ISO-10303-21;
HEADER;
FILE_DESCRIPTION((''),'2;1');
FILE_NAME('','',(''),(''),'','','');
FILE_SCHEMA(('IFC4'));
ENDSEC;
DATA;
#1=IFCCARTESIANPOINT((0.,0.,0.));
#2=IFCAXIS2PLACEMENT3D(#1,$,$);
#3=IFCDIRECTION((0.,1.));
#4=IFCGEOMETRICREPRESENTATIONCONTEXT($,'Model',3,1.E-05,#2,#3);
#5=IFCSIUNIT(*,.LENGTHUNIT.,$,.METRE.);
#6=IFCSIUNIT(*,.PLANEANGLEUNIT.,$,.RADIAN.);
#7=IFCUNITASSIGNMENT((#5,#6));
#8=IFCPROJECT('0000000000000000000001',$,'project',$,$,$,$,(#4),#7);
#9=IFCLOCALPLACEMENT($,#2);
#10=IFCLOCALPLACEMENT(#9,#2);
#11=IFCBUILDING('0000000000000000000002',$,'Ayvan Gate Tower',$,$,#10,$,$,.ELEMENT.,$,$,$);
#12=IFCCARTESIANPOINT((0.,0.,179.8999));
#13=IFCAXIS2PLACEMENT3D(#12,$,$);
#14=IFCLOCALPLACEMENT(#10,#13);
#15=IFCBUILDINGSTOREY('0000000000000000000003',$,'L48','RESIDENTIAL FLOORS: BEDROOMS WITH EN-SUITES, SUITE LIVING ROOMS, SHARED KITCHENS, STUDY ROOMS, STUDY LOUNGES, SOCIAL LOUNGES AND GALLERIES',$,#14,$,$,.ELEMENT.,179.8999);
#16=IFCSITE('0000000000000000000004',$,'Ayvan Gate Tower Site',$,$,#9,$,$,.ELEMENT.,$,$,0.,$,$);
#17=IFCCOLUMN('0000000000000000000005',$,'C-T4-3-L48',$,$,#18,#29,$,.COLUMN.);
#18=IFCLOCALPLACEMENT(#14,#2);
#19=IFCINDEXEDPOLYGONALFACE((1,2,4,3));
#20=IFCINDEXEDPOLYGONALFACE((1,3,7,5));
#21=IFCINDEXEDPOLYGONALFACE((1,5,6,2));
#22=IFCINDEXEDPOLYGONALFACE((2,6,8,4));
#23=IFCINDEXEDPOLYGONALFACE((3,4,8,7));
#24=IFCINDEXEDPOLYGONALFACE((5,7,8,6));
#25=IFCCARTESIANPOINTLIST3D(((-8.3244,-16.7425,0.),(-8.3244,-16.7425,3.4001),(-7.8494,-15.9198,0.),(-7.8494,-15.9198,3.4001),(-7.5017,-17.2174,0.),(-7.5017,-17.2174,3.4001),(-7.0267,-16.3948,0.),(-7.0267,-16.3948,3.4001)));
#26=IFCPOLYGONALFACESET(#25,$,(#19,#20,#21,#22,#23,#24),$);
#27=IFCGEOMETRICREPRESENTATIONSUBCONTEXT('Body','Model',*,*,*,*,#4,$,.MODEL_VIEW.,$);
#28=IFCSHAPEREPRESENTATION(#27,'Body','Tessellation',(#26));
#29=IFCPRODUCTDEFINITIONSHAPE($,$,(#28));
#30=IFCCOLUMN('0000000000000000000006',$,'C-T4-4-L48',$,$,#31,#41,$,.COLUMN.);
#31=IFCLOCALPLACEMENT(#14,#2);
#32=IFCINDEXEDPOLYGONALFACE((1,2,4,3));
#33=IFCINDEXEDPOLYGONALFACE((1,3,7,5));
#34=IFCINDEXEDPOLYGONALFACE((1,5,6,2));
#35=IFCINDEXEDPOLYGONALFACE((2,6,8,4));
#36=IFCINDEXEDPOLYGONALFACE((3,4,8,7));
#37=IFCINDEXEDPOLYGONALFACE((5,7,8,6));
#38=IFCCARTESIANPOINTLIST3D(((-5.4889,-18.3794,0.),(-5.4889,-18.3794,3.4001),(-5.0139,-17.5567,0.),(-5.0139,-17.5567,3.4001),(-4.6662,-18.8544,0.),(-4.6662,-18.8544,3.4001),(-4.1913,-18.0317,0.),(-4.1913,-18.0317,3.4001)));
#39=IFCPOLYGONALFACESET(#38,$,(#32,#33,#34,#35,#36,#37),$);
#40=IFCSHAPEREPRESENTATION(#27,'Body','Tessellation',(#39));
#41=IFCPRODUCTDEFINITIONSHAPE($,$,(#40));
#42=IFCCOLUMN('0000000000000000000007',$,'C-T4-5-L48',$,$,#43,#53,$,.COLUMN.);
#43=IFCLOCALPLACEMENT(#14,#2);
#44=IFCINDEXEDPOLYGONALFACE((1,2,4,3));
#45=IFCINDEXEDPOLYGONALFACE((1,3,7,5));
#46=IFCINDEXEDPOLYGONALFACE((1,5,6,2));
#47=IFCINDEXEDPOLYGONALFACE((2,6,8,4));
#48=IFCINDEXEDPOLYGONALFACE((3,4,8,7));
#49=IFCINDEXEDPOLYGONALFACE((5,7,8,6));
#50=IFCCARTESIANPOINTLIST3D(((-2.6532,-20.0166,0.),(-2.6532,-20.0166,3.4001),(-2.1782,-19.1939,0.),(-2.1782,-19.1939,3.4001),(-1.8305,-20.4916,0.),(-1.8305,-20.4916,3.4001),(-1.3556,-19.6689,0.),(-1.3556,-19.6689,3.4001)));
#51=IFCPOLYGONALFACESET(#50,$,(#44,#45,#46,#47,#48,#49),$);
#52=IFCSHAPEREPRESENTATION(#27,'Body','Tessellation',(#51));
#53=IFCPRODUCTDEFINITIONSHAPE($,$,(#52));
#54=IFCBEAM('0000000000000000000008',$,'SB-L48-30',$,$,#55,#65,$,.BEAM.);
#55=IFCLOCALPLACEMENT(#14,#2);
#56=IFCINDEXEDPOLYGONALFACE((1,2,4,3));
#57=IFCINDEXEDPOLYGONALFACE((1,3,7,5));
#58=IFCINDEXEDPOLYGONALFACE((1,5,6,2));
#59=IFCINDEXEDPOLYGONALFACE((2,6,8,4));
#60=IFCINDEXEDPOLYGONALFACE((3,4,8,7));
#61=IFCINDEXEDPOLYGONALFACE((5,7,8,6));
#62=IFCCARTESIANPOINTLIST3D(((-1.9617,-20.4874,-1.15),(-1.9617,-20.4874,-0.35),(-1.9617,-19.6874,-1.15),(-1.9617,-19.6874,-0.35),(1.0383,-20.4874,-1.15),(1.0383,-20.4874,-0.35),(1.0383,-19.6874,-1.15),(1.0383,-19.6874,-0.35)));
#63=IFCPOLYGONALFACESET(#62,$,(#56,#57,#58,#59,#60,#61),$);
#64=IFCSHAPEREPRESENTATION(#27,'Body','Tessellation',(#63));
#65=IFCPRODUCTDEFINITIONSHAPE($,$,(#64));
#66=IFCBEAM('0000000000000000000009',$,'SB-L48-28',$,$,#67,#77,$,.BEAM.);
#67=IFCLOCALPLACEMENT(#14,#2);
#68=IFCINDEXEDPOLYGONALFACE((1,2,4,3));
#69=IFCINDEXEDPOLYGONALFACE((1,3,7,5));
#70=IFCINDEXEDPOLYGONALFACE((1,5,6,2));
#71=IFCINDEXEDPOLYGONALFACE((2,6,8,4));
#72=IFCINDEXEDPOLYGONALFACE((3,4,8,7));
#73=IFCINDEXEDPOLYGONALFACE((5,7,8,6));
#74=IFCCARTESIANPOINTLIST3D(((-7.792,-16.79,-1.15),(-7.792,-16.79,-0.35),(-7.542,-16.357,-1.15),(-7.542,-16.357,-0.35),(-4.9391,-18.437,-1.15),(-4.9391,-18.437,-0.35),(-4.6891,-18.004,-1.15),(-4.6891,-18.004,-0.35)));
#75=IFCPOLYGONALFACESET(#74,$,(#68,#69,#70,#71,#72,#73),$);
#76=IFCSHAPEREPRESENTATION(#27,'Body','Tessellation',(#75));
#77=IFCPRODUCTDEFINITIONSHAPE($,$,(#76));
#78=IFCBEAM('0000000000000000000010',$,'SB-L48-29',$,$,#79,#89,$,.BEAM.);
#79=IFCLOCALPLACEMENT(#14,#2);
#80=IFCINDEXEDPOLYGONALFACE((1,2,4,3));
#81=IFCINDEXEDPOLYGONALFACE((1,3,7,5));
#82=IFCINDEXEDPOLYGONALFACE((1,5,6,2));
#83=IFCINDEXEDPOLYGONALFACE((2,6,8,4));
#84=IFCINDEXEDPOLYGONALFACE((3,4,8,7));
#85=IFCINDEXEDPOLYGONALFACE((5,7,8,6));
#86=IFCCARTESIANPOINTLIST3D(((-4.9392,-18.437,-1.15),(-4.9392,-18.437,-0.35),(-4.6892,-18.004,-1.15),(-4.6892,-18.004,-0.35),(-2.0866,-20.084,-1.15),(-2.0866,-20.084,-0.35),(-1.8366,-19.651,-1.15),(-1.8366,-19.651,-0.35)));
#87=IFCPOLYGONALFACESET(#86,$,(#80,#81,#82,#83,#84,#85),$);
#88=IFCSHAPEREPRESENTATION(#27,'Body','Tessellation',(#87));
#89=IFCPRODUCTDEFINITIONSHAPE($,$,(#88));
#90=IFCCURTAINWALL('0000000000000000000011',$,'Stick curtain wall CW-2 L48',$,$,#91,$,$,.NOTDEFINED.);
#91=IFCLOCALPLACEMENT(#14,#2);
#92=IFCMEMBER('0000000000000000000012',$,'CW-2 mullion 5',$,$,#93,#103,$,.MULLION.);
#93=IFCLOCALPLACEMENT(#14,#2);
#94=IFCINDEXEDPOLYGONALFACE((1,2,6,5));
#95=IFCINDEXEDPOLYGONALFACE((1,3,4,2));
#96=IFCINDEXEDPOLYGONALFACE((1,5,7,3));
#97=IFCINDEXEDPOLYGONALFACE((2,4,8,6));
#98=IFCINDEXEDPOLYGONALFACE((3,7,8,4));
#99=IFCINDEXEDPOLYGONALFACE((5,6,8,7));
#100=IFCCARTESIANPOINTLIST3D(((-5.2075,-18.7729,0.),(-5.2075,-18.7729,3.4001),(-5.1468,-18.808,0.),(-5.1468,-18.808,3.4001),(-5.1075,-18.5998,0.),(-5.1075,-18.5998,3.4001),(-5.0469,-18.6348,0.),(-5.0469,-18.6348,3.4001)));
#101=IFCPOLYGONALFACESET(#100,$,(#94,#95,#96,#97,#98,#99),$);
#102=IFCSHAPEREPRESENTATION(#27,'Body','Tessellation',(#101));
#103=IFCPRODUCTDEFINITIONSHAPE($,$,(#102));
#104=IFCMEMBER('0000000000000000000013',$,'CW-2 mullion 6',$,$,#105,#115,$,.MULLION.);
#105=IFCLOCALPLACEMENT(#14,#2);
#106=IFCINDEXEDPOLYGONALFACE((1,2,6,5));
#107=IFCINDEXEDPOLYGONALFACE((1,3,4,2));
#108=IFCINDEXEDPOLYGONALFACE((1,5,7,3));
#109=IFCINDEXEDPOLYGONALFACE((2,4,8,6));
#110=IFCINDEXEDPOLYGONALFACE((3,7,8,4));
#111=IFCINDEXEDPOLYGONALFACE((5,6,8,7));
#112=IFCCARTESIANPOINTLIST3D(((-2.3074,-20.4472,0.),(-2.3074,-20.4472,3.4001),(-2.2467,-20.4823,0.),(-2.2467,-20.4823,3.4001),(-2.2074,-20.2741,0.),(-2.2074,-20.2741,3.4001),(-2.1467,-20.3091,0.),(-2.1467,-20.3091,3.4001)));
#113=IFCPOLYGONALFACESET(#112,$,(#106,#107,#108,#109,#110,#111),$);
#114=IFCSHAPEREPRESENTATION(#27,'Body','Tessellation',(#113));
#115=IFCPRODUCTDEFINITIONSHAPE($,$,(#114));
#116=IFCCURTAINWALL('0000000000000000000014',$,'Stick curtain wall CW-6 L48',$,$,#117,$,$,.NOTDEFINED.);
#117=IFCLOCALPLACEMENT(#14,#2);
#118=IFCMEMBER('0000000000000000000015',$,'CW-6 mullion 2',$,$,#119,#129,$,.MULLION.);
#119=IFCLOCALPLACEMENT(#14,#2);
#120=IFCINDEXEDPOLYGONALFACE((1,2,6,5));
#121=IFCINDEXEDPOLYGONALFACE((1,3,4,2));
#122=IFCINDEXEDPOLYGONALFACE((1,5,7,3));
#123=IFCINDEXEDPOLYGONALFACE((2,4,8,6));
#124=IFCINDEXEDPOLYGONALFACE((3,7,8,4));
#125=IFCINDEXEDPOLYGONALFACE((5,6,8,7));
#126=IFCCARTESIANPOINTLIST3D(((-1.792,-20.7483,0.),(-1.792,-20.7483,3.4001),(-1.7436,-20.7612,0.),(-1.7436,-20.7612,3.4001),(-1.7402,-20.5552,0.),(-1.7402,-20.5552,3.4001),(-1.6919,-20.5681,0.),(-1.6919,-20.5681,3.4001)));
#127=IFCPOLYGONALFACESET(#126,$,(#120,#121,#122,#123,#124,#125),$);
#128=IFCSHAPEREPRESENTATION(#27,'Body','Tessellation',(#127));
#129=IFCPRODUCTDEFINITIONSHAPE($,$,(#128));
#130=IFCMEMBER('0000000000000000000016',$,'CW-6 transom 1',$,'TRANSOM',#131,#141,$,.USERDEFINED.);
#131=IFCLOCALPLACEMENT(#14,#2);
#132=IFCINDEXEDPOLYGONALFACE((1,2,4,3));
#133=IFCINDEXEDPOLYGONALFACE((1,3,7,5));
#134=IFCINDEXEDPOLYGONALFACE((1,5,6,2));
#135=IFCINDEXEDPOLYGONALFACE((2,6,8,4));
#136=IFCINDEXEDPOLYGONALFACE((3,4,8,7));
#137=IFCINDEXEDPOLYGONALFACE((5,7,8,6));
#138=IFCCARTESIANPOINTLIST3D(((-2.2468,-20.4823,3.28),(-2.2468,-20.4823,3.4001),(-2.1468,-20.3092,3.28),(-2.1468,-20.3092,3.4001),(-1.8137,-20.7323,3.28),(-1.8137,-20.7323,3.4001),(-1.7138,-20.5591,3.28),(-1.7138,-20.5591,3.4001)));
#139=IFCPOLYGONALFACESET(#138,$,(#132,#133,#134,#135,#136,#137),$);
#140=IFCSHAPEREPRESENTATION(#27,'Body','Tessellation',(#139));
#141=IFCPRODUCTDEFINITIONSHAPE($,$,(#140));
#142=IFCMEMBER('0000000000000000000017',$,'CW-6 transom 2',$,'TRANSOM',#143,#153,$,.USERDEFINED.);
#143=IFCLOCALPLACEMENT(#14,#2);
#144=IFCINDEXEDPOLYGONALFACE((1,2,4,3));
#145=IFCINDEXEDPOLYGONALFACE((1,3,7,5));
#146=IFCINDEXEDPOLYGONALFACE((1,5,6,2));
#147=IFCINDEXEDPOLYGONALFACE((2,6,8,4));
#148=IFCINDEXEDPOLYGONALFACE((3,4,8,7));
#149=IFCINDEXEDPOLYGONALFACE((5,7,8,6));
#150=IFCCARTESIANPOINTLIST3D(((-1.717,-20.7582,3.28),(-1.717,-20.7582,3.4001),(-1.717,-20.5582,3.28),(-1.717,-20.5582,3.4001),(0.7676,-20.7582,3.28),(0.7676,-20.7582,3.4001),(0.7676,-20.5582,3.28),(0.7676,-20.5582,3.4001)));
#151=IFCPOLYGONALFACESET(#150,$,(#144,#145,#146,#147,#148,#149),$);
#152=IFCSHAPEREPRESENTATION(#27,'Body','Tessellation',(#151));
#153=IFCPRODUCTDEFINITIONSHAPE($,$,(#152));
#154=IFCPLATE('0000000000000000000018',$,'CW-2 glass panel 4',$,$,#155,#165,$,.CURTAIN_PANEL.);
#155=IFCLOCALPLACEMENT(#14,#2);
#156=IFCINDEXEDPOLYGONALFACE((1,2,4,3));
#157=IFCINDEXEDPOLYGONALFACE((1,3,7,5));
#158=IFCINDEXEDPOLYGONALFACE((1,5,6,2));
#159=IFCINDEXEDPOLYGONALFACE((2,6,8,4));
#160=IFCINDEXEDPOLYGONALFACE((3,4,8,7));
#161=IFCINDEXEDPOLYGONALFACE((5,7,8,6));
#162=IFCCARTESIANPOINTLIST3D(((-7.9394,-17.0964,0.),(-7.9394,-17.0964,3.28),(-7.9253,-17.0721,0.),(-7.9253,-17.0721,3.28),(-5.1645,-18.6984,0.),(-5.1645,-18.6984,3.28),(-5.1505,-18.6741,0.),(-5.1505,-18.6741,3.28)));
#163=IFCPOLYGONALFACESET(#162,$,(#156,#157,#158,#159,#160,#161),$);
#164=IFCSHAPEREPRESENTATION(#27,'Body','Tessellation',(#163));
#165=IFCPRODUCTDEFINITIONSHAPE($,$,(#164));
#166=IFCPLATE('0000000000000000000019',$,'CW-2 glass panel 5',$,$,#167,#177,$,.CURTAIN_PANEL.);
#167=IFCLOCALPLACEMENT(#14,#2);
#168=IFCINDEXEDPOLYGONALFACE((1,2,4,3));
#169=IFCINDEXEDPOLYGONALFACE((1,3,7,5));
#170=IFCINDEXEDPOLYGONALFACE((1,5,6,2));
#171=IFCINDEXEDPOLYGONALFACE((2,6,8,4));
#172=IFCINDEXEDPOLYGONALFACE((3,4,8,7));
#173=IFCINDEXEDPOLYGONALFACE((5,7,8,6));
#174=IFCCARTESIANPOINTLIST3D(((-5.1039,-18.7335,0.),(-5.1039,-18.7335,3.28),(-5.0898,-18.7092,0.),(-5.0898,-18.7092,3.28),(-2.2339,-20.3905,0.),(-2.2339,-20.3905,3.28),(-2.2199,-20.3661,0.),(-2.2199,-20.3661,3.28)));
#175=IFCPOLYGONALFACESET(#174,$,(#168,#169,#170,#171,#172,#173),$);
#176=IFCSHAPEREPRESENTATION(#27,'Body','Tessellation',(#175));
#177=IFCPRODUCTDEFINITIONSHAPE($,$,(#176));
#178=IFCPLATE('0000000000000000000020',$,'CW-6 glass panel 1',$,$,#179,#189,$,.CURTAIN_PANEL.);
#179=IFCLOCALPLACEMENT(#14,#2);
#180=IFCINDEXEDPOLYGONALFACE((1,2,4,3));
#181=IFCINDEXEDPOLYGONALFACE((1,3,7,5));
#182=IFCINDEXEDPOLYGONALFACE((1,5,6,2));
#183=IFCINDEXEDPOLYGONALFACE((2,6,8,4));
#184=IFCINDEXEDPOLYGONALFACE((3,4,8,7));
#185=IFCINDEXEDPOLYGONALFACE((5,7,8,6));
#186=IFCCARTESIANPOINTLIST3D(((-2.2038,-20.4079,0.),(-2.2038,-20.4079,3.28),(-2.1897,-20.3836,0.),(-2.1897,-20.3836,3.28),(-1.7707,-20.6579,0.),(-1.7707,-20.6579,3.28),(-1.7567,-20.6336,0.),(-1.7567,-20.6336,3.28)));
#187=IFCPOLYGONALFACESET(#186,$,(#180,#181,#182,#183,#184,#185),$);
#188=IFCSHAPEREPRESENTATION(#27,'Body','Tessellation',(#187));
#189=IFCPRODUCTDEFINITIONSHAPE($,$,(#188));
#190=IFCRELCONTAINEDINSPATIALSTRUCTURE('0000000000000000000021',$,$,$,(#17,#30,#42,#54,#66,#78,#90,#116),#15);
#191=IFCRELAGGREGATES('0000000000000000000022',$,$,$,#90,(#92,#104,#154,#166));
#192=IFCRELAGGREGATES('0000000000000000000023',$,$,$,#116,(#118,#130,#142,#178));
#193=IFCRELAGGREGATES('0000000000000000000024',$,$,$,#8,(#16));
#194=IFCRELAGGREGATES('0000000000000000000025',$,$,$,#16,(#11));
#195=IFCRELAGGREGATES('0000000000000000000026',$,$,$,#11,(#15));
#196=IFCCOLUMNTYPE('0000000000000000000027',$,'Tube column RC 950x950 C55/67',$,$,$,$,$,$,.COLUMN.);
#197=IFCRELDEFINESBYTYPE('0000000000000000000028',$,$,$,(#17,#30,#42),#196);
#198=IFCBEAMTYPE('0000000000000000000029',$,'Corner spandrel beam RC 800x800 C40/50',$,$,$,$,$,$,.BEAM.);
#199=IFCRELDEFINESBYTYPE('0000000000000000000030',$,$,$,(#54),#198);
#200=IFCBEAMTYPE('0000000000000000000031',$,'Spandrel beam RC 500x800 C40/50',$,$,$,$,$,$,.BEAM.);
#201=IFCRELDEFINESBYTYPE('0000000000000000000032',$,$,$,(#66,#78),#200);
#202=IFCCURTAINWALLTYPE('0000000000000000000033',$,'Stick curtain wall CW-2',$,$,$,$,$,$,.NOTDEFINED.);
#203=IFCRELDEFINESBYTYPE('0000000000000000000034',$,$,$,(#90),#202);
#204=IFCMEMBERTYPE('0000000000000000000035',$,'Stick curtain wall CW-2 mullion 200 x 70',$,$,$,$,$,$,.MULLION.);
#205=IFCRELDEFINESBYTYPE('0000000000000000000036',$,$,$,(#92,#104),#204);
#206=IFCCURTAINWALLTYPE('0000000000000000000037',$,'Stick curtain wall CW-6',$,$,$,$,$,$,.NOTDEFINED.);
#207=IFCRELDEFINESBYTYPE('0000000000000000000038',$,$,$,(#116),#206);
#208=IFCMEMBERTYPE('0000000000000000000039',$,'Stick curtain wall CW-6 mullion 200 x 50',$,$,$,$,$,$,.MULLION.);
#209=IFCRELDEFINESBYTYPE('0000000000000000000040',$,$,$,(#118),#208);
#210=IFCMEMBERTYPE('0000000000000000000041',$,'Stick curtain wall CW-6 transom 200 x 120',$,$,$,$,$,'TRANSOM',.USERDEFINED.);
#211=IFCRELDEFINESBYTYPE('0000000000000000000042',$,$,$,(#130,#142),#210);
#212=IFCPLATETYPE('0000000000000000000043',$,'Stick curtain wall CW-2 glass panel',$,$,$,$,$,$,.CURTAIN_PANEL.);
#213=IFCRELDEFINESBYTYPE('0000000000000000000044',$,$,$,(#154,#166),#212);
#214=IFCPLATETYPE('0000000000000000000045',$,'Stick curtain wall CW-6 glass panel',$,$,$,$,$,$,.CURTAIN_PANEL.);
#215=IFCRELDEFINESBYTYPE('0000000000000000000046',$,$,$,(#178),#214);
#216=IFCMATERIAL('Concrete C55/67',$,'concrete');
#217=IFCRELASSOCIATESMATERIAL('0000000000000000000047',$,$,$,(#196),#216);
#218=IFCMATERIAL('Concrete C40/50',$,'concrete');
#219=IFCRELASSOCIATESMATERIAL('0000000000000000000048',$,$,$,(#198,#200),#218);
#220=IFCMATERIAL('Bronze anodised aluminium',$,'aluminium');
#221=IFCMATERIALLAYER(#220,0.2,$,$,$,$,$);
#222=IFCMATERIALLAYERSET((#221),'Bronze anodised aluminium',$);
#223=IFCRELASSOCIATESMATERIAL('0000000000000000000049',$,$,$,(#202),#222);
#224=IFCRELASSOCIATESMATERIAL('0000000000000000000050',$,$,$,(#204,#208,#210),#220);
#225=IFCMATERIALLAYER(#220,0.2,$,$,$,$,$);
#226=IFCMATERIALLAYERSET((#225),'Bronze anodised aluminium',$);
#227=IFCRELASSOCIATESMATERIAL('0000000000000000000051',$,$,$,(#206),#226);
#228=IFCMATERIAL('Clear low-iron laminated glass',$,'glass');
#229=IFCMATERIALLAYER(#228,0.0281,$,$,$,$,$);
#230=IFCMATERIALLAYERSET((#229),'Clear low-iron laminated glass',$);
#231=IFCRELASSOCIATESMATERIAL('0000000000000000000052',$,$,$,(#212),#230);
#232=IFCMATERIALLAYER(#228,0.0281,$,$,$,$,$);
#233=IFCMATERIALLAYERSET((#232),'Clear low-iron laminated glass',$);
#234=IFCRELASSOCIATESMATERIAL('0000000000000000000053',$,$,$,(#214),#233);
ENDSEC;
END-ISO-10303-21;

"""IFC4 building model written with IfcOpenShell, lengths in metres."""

from ifc_helpers import new_model, si_unit, direction, frame, origin, origin_2d, place, context, subcontext, project, spatial, rectangle, extrude, material, layer, layer_set, material_profile, profile_set, type_object, element, aggregate, save


model = new_model("IFC4")

# Units and contexts
model_context = context("Model", 3, precision=1e-05, world=origin(), true_north=direction((0.0, 1.0)))
body_context = subcontext(model_context, "Body", "Model", "MODEL_VIEW")
ifc_project = project(units=[si_unit("LENGTHUNIT", "METRE"), si_unit("PLANEANGLEUNIT", "RADIAN")], contexts=[model_context])

# Site, building, storey
site_placement = place(None, origin())
site = spatial("IfcSite", under=ifc_project, at=site_placement, Name="Ayvan Gate Tower Site", CompositionType="ELEMENT", RefElevation=0.0)
building_placement = place(site_placement, origin())
building = spatial("IfcBuilding", under=site, at=building_placement, Name="Ayvan Gate Tower", CompositionType="ELEMENT")
storey_placement = place(building_placement, frame((0.0, 0.0, 179.8999)))
storey = spatial("IfcBuildingStorey", under=building, at=storey_placement, Name="L48", Description="RESIDENTIAL FLOORS: BEDROOMS WITH EN-SUITES, SUITE LIVING ROOMS, SHARED KITCHENS, STUDY ROOMS, STUDY LOUNGES, SOCIAL LOUNGES AND GALLERIES", CompositionType="ELEMENT", Elevation=179.8999)

# Columns
ifc_material_1 = material(Name="Concrete C55/67", Category="concrete")
ifc_material_profile_1 = material_profile(ifc_material_1, rectangle(XDim=0.95, YDim=0.95, at=origin_2d()), Name="RC 950x950")
ifc_profile_set_1 = profile_set([ifc_material_profile_1], Name="Concrete C55/67")
column_type = type_object("IfcColumnType", Name="Tube column RC 950x950 C55/67", PredefinedType="COLUMN", material=ifc_profile_set_1)
for number, where, z_axis, x_axis, name in (
    (1, (-7.6755, -16.5686, 0.0), (0.0, 0.0, 1.0), (-0.5, -0.866025, 0.0), "C-T4-3-L48"),
    (2, (-4.8401, -18.2056, 0.0), (0.0, 0.0, 1.0), (-0.5, -0.866025, 0.0), "C-T4-4-L48"),
    (3, (-2.0044, -19.8428, 0.0), (0.0, 0.0, 1.0), (-0.5, -0.866025, 0.0), "C-T4-5-L48"),
):
    element("IfcColumn", number, at=place(storey_placement, frame(where, z_axis=z_axis, x_axis=x_axis)), inside=storey, type_object=column_type, Name=name, PredefinedType="COLUMN", context=body_context, shape_type="SweptSolid", body=[
        extrude(rectangle(XDim=0.95, YDim=0.95, at=origin_2d()), origin(), (0.0, 0.0, 1.0), 3.4001),
    ])

# Beams
ifc_material_2 = material(Name="Concrete C40/50", Category="concrete")
ifc_material_profile_2 = material_profile(ifc_material_2, rectangle(XDim=0.8, YDim=0.8, at=origin_2d()), Name="RC 800x800")
ifc_profile_set_2 = profile_set([ifc_material_profile_2], Name="Concrete C40/50")
beam_type_1 = type_object("IfcBeamType", Name="Corner spandrel beam RC 800x800 C40/50", PredefinedType="BEAM", material=ifc_profile_set_2)
beam_1_placement = place(storey_placement, frame((-1.9617, -20.0874, -0.75), z_axis=(1.0, 0.0, 0.0), x_axis=(0.0, 1.0, 0.0)))
element("IfcBeam", 4, at=beam_1_placement, inside=storey, type_object=beam_type_1, Name="SB-L48-30", PredefinedType="BEAM", context=body_context, shape_type="SweptSolid", body=[
    extrude(rectangle(XDim=0.8, YDim=0.8, at=origin_2d()), origin(), (0.0, 0.0, 1.0), 3.0),
])
ifc_material_profile_3 = material_profile(ifc_material_2, rectangle(XDim=0.5, YDim=0.8, at=origin_2d()), Name="RC 500x800")
ifc_profile_set_3 = profile_set([ifc_material_profile_3], Name="Concrete C40/50")
beam_type_2 = type_object("IfcBeamType", Name="Spandrel beam RC 500x800 C40/50", PredefinedType="BEAM", material=ifc_profile_set_3)
beam_2_placement = place(storey_placement, frame((-7.667, -16.5735, -0.75), z_axis=(0.866036, -0.499981, 0.0), x_axis=(0.499981, 0.866036, 0.0)))
element("IfcBeam", 5, at=beam_2_placement, inside=storey, type_object=beam_type_2, Name="SB-L48-28", PredefinedType="BEAM", context=body_context, shape_type="SweptSolid", body=[
    extrude(rectangle(XDim=0.5, YDim=0.8, at=origin_2d()), origin(), (0.0, 0.0, 1.0), 3.2942),
])
beam_3_placement = place(storey_placement, frame((-4.8142, -18.2205, -0.75), z_axis=(0.866018, -0.500013, 0.0), x_axis=(0.500013, 0.866018, 0.0)))
element("IfcBeam", 6, at=beam_3_placement, inside=storey, type_object=beam_type_2, Name="SB-L48-29", PredefinedType="BEAM", context=body_context, shape_type="SweptSolid", body=[
    extrude(rectangle(XDim=0.5, YDim=0.8, at=origin_2d()), origin(), (0.0, 0.0, 1.0), 3.2939),
])

# Curtain walls, members
ifc_material_3 = material(Name="Bronze anodised aluminium", Category="aluminium")
ifc_layer_1 = layer(ifc_material_3, 0.2)
ifc_layer_set_1 = layer_set([ifc_layer_1], Name="Bronze anodised aluminium")
curtain_wall_type_1 = type_object("IfcCurtainWallType", Name="Stick curtain wall CW-2", PredefinedType="NOTDEFINED", material=ifc_layer_set_1)
curtain_wall_1_placement = place(storey_placement, origin())
curtain_wall_1 = element("IfcCurtainWall", 7, at=curtain_wall_1_placement, inside=storey, type_object=curtain_wall_type_1, Name="Stick curtain wall CW-2 L48", PredefinedType="NOTDEFINED")
ifc_material_profile_4 = material_profile(ifc_material_3, rectangle(XDim=0.2, YDim=0.0701, at=origin_2d()), Name="Stick curtain wall CW-2 mullion 200 x 70")
ifc_profile_set_4 = profile_set([ifc_material_profile_4], Name="Bronze anodised aluminium")
member_type_1 = type_object("IfcMemberType", Name="Stick curtain wall CW-2 mullion 200 x 70", PredefinedType="MULLION", material=ifc_profile_set_4)
member_1_placement = place(storey_placement, frame((-5.1272, -18.7039, 0.0), z_axis=(0.0, 0.0, 1.0), x_axis=(-0.5, -0.866025, 0.0)))
member_1 = element("IfcMember", 8, at=member_1_placement, type_object=member_type_1, Name="CW-2 mullion 5", PredefinedType="MULLION", context=body_context, shape_type="SweptSolid", body=[
    extrude(rectangle(XDim=0.2, YDim=0.0701, at=origin_2d()), origin(), (0.0, 0.0, 1.0), 3.4001),
])
member_2_placement = place(storey_placement, frame((-2.2271, -20.3782, 0.0), z_axis=(0.0, 0.0, 1.0), x_axis=(-0.5, -0.866025, 0.0)))
member_2 = element("IfcMember", 9, at=member_2_placement, type_object=member_type_1, Name="CW-2 mullion 6", PredefinedType="MULLION", context=body_context, shape_type="SweptSolid", body=[
    extrude(rectangle(XDim=0.2, YDim=0.0701, at=origin_2d()), origin(), (0.0, 0.0, 1.0), 3.4001),
])
ifc_layer_2 = layer(ifc_material_3, 0.2)
ifc_layer_set_2 = layer_set([ifc_layer_2], Name="Bronze anodised aluminium")
curtain_wall_type_2 = type_object("IfcCurtainWallType", Name="Stick curtain wall CW-6", PredefinedType="NOTDEFINED", material=ifc_layer_set_2)
curtain_wall_2_placement = place(storey_placement, origin())
curtain_wall_2 = element("IfcCurtainWall", 10, at=curtain_wall_2_placement, inside=storey, type_object=curtain_wall_type_2, Name="Stick curtain wall CW-6 L48", PredefinedType="NOTDEFINED")
ifc_material_profile_5 = material_profile(ifc_material_3, rectangle(XDim=0.2, YDim=0.05, at=origin_2d()), Name="Stick curtain wall CW-6 mullion 200 x 50")
ifc_profile_set_5 = profile_set([ifc_material_profile_5], Name="Bronze anodised aluminium")
member_type_2 = type_object("IfcMemberType", Name="Stick curtain wall CW-6 mullion 200 x 50", PredefinedType="MULLION", material=ifc_profile_set_5)
member_3_placement = place(storey_placement, frame((-1.7419, -20.6582, 0.0), z_axis=(0.0, 0.0, 1.0), x_axis=(-0.258819, -0.965926, 0.0)))
member_3 = element("IfcMember", 11, at=member_3_placement, type_object=member_type_2, Name="CW-6 mullion 2", PredefinedType="MULLION", context=body_context, shape_type="SweptSolid", body=[
    extrude(rectangle(XDim=0.2, YDim=0.05, at=origin_2d()), origin(), (0.0, 0.0, 1.0), 3.4001),
])
ifc_material_profile_6 = material_profile(ifc_material_3, rectangle(XDim=0.2, YDim=0.1201, at=origin_2d()), Name="Stick curtain wall CW-6 transom 200 x 120")
ifc_profile_set_6 = profile_set([ifc_material_profile_6], Name="Bronze anodised aluminium")
member_type_3 = type_object("IfcMemberType", Name="Stick curtain wall CW-6 transom 200 x 120", ElementType="TRANSOM", PredefinedType="USERDEFINED", material=ifc_profile_set_6)
member_4_placement = place(storey_placement, frame((-2.1968, -20.3958, 3.3401), z_axis=(0.866072, -0.49992, 0.0), x_axis=(0.49992, 0.866072, 0.0)))
member_4 = element("IfcMember", 12, at=member_4_placement, type_object=member_type_3, Name="CW-6 transom 1", ObjectType="TRANSOM", PredefinedType="USERDEFINED", context=body_context, shape_type="SweptSolid", body=[
    extrude(rectangle(XDim=0.2, YDim=0.1201, at=origin_2d()), origin(), (0.0, 0.0, 1.0), 0.5),
])
member_5_placement = place(storey_placement, frame((-1.717, -20.6582, 3.3401), z_axis=(1.0, 0.0, 0.0), x_axis=(0.0, 1.0, 0.0)))
member_5 = element("IfcMember", 13, at=member_5_placement, type_object=member_type_3, Name="CW-6 transom 2", ObjectType="TRANSOM", PredefinedType="USERDEFINED", context=body_context, shape_type="SweptSolid", body=[
    extrude(rectangle(XDim=0.2, YDim=0.1201, at=origin_2d()), origin(), (0.0, 0.0, 1.0), 2.4846),
])

# Plates
ifc_material_4 = material(Name="Clear low-iron laminated glass", Category="glass")
ifc_layer_3 = layer(ifc_material_4, 0.0281)
ifc_layer_set_3 = layer_set([ifc_layer_3], Name="Clear low-iron laminated glass")
plate_type_1 = type_object("IfcPlateType", Name="Stick curtain wall CW-2 glass panel", PredefinedType="CURTAIN_PANEL", material=ifc_layer_set_3)
plate_1_placement = place(storey_placement, frame((-6.5449, -17.8853, 0.0), z_axis=(0.0, 0.0, 1.0), x_axis=(0.866025, -0.5, 0.0)))
plate_1 = element("IfcPlate", 14, at=plate_1_placement, type_object=plate_type_1, Name="CW-2 glass panel 4", PredefinedType="CURTAIN_PANEL", context=body_context, shape_type="SweptSolid", body=[
    extrude(rectangle(XDim=3.2041, YDim=0.0281, at=origin_2d()), origin(), (0.0, 0.0, 1.0), 3.28),
])
plate_2_placement = place(storey_placement, frame((-3.6619, -19.5498, 0.0), z_axis=(0.0, 0.0, 1.0), x_axis=(0.866025, -0.5, 0.0)))
plate_2 = element("IfcPlate", 15, at=plate_2_placement, type_object=plate_type_1, Name="CW-2 glass panel 5", PredefinedType="CURTAIN_PANEL", context=body_context, shape_type="SweptSolid", body=[
    extrude(rectangle(XDim=3.314, YDim=0.0281, at=origin_2d()), origin(), (0.0, 0.0, 1.0), 3.28),
])
aggregate(curtain_wall_1, [member_1, member_2, plate_1, plate_2])
ifc_layer_4 = layer(ifc_material_4, 0.0281)
ifc_layer_set_4 = layer_set([ifc_layer_4], Name="Clear low-iron laminated glass")
plate_type_2 = type_object("IfcPlateType", Name="Stick curtain wall CW-6 glass panel", PredefinedType="CURTAIN_PANEL", material=ifc_layer_set_4)
plate_3_placement = place(storey_placement, frame((-1.9802, -20.5208, 0.0), z_axis=(0.0, 0.0, 1.0), x_axis=(0.866025, -0.5, 0.0)))
plate_3 = element("IfcPlate", 16, at=plate_3_placement, type_object=plate_type_2, Name="CW-6 glass panel 1", PredefinedType="CURTAIN_PANEL", context=body_context, shape_type="SweptSolid", body=[
    extrude(rectangle(XDim=0.5, YDim=0.0281, at=origin_2d()), origin(), (0.0, 0.0, 1.0), 3.28),
])
aggregate(curtain_wall_2, [member_3, member_4, member_5, plate_3])

save(model, "model.ifc")
